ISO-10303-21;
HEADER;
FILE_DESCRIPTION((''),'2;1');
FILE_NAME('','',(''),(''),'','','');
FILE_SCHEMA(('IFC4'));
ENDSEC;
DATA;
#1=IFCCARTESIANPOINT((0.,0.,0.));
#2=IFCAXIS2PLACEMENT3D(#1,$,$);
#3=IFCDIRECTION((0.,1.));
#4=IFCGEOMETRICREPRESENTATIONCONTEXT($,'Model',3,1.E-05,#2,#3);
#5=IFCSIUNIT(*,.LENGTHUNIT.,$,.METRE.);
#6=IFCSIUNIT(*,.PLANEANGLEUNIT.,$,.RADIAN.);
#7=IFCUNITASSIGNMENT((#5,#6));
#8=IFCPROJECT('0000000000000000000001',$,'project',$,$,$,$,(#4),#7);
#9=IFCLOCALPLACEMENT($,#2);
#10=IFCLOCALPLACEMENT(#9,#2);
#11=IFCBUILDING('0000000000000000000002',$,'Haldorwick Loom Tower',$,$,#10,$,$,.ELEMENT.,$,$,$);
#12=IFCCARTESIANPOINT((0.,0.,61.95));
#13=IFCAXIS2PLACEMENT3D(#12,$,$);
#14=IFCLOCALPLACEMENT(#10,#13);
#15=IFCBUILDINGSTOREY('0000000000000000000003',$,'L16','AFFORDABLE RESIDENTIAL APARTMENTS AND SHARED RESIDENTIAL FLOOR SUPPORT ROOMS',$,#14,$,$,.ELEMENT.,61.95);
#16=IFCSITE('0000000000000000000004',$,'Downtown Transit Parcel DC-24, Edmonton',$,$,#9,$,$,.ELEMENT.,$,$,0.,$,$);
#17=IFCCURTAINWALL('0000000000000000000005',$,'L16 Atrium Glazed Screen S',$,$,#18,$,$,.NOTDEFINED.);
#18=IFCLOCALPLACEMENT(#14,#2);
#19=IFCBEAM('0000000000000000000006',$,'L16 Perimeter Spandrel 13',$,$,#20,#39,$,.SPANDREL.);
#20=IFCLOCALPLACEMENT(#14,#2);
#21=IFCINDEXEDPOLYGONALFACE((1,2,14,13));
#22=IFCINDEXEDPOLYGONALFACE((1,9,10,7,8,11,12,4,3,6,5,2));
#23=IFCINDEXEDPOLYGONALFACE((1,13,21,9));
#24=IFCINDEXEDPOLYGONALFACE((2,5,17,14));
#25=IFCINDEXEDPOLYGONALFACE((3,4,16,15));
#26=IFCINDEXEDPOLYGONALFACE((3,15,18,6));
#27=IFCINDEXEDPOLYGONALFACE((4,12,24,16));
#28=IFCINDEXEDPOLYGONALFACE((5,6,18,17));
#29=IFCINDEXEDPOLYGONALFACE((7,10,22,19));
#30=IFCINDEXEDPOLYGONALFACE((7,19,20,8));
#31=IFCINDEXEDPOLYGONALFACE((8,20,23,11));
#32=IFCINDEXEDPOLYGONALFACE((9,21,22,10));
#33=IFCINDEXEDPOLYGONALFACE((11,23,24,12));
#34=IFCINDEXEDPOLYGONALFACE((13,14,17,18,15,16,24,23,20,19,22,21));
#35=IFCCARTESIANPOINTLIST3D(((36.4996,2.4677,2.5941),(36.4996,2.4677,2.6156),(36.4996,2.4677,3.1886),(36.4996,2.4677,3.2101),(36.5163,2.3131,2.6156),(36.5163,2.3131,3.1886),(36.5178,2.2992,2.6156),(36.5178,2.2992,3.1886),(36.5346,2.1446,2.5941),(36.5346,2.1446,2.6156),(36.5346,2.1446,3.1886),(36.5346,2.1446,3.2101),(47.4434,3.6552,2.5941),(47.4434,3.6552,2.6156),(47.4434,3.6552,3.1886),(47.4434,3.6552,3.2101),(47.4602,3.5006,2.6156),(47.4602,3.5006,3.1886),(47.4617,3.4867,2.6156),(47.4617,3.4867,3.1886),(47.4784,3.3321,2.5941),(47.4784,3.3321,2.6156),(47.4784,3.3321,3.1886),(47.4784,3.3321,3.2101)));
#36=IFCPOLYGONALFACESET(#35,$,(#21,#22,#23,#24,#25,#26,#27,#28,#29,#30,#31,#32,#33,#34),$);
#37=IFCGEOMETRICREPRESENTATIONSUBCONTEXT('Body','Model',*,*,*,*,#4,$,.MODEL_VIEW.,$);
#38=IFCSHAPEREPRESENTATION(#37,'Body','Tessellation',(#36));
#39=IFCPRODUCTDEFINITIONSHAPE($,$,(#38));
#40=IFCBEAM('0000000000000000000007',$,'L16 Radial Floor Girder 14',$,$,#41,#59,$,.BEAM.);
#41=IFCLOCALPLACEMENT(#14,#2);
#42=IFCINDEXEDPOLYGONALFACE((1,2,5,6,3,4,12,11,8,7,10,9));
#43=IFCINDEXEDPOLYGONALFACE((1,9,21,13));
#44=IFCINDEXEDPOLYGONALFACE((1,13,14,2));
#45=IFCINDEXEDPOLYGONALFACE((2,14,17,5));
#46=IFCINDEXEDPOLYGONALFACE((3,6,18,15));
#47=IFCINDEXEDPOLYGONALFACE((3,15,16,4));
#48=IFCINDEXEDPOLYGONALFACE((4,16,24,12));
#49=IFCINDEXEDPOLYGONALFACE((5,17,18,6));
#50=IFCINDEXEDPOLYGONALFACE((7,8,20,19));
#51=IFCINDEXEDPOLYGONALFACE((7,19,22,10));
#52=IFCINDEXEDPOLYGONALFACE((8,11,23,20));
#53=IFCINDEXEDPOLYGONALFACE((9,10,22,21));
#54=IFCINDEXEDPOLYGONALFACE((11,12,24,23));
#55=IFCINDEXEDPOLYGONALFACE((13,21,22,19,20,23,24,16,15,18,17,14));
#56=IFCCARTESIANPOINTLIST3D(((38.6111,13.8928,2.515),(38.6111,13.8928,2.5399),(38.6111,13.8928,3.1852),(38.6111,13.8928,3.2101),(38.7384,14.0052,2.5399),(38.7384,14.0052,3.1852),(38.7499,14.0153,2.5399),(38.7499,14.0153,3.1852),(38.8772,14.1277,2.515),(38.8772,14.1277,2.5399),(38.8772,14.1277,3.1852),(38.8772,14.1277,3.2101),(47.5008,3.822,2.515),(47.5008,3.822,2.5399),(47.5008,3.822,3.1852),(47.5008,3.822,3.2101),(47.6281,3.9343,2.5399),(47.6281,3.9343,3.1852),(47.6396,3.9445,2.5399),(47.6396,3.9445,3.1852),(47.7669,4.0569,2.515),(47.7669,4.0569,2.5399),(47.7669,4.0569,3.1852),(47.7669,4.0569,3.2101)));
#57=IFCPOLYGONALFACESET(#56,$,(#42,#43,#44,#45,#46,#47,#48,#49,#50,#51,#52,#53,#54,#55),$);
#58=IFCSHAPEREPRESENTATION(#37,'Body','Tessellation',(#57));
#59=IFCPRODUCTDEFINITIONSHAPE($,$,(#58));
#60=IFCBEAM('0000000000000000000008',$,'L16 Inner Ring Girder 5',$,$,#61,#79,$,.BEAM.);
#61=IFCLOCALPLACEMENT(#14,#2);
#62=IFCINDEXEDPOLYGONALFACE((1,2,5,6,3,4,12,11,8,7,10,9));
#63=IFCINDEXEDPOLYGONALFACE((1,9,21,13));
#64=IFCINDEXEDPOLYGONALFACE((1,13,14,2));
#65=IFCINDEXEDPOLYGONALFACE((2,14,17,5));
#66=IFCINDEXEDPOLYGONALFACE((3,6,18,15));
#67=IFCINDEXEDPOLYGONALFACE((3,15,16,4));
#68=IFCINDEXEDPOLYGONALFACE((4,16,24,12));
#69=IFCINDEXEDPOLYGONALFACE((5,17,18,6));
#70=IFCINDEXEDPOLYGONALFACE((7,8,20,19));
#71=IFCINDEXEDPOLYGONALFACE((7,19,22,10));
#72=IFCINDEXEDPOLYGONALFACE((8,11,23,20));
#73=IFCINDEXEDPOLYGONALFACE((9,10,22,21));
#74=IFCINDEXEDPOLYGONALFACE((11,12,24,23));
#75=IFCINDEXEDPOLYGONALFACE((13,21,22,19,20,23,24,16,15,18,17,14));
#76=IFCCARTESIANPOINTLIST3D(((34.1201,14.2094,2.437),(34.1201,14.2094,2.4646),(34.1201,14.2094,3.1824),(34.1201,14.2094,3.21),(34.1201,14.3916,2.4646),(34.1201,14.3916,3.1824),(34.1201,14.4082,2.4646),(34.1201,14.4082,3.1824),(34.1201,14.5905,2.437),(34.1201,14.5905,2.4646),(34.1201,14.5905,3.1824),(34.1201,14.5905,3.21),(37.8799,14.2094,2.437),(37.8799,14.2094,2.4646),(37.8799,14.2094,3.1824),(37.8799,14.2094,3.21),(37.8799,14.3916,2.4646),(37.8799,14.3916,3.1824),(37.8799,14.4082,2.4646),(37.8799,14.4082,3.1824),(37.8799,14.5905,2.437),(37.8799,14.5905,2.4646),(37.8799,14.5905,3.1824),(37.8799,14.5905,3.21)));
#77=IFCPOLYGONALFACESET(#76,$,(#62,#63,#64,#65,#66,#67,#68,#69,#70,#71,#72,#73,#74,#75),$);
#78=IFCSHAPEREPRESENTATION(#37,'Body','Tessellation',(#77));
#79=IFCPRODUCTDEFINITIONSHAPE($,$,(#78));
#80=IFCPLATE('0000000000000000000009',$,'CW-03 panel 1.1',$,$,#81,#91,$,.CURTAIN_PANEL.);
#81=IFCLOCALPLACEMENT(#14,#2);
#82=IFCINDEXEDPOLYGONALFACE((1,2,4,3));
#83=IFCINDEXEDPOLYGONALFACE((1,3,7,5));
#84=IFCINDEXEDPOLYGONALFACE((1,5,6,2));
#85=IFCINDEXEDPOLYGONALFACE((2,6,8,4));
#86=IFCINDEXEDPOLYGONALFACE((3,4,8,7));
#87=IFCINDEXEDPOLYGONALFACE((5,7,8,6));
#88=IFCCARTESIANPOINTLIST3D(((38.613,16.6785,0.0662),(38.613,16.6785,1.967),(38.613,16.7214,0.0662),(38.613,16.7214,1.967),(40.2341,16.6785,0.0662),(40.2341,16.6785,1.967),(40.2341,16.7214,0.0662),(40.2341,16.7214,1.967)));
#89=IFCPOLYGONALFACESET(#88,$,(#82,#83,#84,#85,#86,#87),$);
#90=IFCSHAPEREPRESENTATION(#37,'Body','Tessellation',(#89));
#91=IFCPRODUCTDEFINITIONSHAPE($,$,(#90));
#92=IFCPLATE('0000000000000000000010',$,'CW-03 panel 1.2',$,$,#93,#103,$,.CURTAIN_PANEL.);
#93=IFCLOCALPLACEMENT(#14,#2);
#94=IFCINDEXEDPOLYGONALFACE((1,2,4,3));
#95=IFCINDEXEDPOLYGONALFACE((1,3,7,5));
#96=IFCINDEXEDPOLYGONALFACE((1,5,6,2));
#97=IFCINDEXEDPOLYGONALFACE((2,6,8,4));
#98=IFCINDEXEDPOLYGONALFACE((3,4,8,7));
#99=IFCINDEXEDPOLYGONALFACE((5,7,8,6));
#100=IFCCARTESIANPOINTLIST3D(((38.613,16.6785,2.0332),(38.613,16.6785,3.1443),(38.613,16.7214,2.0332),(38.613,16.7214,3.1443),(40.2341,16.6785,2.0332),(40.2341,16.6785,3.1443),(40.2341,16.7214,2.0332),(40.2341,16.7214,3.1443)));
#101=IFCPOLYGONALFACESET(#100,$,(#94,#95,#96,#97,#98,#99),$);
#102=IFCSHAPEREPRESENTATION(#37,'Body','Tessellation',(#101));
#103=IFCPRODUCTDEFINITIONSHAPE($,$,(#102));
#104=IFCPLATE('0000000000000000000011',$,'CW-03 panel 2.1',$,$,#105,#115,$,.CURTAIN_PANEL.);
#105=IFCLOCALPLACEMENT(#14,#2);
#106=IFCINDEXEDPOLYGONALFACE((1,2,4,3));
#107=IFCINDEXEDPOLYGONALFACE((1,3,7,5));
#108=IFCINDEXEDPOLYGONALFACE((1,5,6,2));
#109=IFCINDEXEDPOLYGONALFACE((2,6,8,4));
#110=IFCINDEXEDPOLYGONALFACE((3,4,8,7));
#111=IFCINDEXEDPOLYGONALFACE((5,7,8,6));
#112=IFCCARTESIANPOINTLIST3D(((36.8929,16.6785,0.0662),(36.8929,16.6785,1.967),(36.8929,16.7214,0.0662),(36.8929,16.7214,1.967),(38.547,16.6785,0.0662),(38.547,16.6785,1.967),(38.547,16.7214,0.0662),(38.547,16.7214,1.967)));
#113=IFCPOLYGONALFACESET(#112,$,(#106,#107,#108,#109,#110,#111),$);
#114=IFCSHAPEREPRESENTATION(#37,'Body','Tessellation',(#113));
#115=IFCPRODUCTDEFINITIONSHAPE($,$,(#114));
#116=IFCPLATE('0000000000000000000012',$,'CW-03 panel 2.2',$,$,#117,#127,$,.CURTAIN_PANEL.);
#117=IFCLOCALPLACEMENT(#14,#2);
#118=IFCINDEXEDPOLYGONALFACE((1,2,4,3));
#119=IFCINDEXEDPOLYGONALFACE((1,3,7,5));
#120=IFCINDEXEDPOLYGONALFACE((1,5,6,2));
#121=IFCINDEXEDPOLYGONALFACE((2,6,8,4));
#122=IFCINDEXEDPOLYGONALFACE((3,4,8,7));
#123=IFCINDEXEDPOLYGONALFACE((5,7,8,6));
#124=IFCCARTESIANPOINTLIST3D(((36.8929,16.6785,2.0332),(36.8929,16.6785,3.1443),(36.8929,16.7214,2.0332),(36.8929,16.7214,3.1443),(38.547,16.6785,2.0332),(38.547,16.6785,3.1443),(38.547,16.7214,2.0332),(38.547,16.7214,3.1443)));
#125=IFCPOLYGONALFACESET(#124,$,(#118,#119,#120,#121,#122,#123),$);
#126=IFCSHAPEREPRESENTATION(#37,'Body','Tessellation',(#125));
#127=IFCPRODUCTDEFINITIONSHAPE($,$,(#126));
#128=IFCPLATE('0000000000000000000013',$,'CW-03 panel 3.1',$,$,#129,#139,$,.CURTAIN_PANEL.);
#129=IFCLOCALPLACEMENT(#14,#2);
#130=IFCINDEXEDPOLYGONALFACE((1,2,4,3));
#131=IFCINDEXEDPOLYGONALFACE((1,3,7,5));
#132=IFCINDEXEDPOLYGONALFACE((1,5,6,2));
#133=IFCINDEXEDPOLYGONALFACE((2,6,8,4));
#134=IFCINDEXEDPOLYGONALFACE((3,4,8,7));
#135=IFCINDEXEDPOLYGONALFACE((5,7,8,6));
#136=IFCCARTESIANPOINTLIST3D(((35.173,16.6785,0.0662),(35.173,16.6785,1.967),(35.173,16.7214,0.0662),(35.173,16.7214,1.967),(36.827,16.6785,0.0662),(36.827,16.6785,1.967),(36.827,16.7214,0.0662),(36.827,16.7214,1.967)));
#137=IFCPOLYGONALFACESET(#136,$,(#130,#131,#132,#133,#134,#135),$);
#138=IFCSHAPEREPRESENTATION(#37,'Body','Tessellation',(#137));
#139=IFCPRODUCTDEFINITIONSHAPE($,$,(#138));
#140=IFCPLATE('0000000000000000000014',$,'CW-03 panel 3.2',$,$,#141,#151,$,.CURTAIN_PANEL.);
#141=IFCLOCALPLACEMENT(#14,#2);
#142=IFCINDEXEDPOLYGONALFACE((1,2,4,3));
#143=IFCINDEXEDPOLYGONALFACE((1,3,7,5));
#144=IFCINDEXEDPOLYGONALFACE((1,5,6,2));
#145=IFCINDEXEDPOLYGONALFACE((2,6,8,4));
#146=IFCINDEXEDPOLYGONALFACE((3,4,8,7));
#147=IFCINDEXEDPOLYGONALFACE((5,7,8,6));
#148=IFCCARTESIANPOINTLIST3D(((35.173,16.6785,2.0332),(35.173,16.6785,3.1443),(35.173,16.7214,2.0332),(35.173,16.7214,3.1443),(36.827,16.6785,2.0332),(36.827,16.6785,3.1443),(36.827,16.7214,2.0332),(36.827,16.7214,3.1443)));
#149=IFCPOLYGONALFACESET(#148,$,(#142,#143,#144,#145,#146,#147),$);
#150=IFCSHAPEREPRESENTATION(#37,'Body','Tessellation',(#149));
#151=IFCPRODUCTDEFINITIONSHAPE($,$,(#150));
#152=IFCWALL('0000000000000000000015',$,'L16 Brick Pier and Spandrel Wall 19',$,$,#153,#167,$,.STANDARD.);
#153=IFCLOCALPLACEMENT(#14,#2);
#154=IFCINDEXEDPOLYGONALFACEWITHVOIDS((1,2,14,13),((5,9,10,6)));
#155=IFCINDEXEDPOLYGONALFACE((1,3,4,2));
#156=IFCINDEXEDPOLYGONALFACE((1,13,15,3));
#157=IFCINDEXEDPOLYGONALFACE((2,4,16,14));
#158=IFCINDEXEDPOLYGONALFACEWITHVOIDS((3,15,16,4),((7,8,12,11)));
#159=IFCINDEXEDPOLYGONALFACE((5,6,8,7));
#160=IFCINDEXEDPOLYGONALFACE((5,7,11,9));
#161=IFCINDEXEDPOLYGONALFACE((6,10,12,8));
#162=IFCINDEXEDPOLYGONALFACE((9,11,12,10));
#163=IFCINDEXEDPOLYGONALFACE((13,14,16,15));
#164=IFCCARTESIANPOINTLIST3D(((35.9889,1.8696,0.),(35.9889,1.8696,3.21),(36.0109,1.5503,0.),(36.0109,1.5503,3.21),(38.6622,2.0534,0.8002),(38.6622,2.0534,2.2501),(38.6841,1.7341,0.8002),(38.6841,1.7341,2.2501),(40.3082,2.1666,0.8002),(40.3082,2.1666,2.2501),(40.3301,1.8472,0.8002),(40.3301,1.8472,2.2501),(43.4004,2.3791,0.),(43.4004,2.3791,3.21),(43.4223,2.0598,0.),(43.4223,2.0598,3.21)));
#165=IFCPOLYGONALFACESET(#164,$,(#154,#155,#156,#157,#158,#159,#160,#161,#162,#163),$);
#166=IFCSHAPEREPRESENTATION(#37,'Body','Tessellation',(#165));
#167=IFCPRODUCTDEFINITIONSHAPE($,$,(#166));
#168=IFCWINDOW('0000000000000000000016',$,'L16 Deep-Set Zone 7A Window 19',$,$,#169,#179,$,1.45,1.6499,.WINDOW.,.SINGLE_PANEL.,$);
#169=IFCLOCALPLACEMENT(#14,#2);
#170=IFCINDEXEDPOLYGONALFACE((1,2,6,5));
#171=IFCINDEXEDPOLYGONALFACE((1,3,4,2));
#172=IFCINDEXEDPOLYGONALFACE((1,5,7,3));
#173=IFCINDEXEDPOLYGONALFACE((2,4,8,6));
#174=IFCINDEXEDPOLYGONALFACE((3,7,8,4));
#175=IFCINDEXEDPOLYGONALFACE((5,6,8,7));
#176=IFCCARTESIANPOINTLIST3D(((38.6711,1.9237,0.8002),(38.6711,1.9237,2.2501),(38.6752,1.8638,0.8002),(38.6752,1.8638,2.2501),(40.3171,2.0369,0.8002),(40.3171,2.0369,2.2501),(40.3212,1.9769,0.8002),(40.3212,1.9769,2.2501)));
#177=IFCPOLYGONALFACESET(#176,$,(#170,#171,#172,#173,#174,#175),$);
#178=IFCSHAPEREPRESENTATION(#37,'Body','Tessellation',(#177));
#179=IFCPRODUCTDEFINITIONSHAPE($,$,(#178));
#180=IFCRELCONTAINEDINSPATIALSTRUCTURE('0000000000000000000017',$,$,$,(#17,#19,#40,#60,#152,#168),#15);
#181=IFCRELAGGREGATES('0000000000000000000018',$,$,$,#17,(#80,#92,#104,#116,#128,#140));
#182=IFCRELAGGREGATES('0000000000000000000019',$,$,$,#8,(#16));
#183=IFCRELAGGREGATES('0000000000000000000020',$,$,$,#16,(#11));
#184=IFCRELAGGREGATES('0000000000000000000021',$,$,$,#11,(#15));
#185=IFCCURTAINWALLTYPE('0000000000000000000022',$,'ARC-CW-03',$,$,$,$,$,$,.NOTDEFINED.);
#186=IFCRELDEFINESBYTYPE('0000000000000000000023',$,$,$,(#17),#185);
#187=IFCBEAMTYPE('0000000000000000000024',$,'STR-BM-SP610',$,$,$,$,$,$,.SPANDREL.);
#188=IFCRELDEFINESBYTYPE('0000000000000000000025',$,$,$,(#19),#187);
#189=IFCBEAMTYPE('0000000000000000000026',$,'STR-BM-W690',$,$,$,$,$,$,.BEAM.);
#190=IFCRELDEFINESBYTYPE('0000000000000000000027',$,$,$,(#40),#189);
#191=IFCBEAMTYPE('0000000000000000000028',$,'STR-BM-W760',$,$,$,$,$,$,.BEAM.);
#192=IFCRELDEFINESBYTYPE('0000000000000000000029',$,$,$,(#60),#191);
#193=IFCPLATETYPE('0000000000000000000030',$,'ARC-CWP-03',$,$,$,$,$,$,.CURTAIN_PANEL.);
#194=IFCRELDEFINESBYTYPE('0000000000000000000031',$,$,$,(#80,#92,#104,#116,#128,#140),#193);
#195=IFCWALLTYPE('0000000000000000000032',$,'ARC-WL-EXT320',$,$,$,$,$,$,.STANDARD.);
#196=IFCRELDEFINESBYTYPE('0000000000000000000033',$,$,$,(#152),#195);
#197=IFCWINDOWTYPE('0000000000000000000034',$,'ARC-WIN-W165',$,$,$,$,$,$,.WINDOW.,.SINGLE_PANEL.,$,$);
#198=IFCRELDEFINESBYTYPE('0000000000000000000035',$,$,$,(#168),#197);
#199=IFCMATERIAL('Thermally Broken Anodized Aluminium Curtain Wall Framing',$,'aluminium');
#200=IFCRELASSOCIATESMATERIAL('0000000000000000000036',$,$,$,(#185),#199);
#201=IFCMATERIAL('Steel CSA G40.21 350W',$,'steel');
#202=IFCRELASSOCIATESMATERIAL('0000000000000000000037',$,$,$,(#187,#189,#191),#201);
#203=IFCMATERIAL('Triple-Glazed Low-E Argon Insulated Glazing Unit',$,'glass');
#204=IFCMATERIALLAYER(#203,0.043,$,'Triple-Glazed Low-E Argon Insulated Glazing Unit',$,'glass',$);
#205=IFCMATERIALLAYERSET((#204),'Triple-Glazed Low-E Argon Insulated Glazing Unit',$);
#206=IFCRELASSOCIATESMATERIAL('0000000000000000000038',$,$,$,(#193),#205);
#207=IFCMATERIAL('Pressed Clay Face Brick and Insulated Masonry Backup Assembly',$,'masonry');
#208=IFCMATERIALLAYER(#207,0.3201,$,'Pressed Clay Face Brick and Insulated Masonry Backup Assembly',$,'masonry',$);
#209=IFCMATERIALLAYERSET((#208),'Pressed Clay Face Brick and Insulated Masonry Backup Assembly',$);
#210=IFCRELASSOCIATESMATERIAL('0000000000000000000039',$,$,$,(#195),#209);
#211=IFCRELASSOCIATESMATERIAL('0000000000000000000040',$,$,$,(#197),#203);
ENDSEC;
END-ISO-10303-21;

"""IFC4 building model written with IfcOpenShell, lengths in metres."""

from ifc_helpers import new_model, si_unit, direction, frame, frame_2d, origin, origin_2d, place, context, subcontext, project, spatial, rectangle, i_section, extrude, material, layer, layer_set, material_profile, profile_set, type_object, element, fill, aggregate, save


model = new_model("IFC4")

# Units and contexts
model_context = context("Model", 3, precision=1e-05, world=origin(), true_north=direction((0.0, 1.0)))
body_context = subcontext(model_context, "Body", "Model", "MODEL_VIEW")
ifc_project = project(units=[si_unit("LENGTHUNIT", "METRE"), si_unit("PLANEANGLEUNIT", "RADIAN")], contexts=[model_context])

# Site, building, storey
site_placement = place(None, origin())
site = spatial("IfcSite", under=ifc_project, at=site_placement, Name="Downtown Transit Parcel DC-24, Edmonton", CompositionType="ELEMENT", RefElevation=0.0)
building_placement = place(site_placement, origin())
building = spatial("IfcBuilding", under=site, at=building_placement, Name="Haldorwick Loom Tower", CompositionType="ELEMENT")
storey_placement = place(building_placement, frame((0.0, 0.0, 61.95)))
storey = spatial("IfcBuildingStorey", under=building, at=storey_placement, Name="L16", Description="AFFORDABLE RESIDENTIAL APARTMENTS AND SHARED RESIDENTIAL FLOOR SUPPORT ROOMS", CompositionType="ELEMENT", Elevation=61.95)

# Curtain wall
ifc_material_1 = material(Name="Thermally Broken Anodized Aluminium Curtain Wall Framing", Category="aluminium")
curtain_wall_type = type_object("IfcCurtainWallType", Name="ARC-CW-03", PredefinedType="NOTDEFINED", material=ifc_material_1)
curtain_wall_placement = place(storey_placement, origin())
curtain_wall = element("IfcCurtainWall", 1, at=curtain_wall_placement, inside=storey, type_object=curtain_wall_type, Name="L16 Atrium Glazed Screen S", PredefinedType="NOTDEFINED")

# Beams
ifc_material_2 = material(Name="Steel CSA G40.21 350W", Category="steel")
ifc_material_profile_1 = material_profile(ifc_material_2, i_section(OverallWidth=0.325, OverallDepth=0.616, WebThickness=0.0139, FlangeThickness=0.0215, at=origin_2d()), Name="W610X174", Category="steel")
ifc_profile_set_1 = profile_set([ifc_material_profile_1], Name="Steel CSA G40.21 350W")
beam_type_1 = type_object("IfcBeamType", Name="STR-BM-SP610", PredefinedType="SPANDREL", material=ifc_profile_set_1)
beam_1_placement = place(storey_placement, frame((36.5171, 2.3062, 2.9021), z_axis=(0.994164, 0.107875, 0.0), x_axis=(-0.107875, 0.994164, 0.0)))
element("IfcBeam", 2, at=beam_1_placement, inside=storey, type_object=beam_type_1, Name="L16 Perimeter Spandrel 13", PredefinedType="SPANDREL", context=body_context, shape_type="SweptSolid", body=[
    extrude(i_section(OverallWidth=0.325, OverallDepth=0.616, WebThickness=0.0139, FlangeThickness=0.0215, at=origin_2d()), origin(), (0.0, 0.0, 1.0), 11.0081),
])
ifc_material_profile_2 = material_profile(ifc_material_2, i_section(OverallWidth=0.355, OverallDepth=0.6951, WebThickness=0.0154, FlangeThickness=0.0249, at=origin_2d()), Name="W690X217", Category="steel")
ifc_profile_set_2 = profile_set([ifc_material_profile_2], Name="Steel CSA G40.21 350W")
beam_type_2 = type_object("IfcBeamType", Name="STR-BM-W690", PredefinedType="BEAM", material=ifc_profile_set_2)
beam_2_placement = place(storey_placement, frame((38.7441, 14.0103, 2.8625), z_axis=(0.661774, -0.749703, 0.0), x_axis=(0.749703, 0.661774, 0.0)))
element("IfcBeam", 3, at=beam_2_placement, inside=storey, type_object=beam_type_2, Name="L16 Radial Floor Girder 14", PredefinedType="BEAM", context=body_context, shape_type="SweptSolid", body=[
    extrude(i_section(OverallWidth=0.355, OverallDepth=0.6951, WebThickness=0.0154, FlangeThickness=0.0249, at=origin_2d()), origin(), (0.0, 0.0, 1.0), 13.4331),
])
ifc_material_profile_3 = material_profile(ifc_material_2, i_section(OverallWidth=0.3811, OverallDepth=0.7729, WebThickness=0.0166, FlangeThickness=0.0276, at=origin_2d()), Name="W760X257", Category="steel")
ifc_profile_set_3 = profile_set([ifc_material_profile_3], Name="Steel CSA G40.21 350W")
beam_type_3 = type_object("IfcBeamType", Name="STR-BM-W760", PredefinedType="BEAM", material=ifc_profile_set_3)
beam_3_placement = place(storey_placement, frame((37.8799, 14.3999, 2.8235), z_axis=(-1.0, 0.0, 0.0), x_axis=(0.0, -1.0, 0.0)))
element("IfcBeam", 4, at=beam_3_placement, inside=storey, type_object=beam_type_3, Name="L16 Inner Ring Girder 5", PredefinedType="BEAM", context=body_context, shape_type="SweptSolid", body=[
    extrude(i_section(OverallWidth=0.3811, OverallDepth=0.7729, WebThickness=0.0166, FlangeThickness=0.0276, at=origin_2d()), origin(), (0.0, 0.0, 1.0), 3.7598),
])

# Plates
ifc_material_3 = material(Name="Triple-Glazed Low-E Argon Insulated Glazing Unit", Category="glass")
ifc_layer_1 = layer(ifc_material_3, 0.043, Name="Triple-Glazed Low-E Argon Insulated Glazing Unit", Category="glass")
ifc_layer_set_1 = layer_set([ifc_layer_1], Name="Triple-Glazed Low-E Argon Insulated Glazing Unit")
plate_type = type_object("IfcPlateType", Name="ARC-CWP-03", PredefinedType="CURTAIN_PANEL", material=ifc_layer_set_1)
plate_1_placement = place(storey_placement, frame((39.4236, 16.7, 0.0662), z_axis=(0.0, 0.0, 1.0), x_axis=(-1.0, 0.0, 0.0)))
plate_1 = element("IfcPlate", 5, at=plate_1_placement, type_object=plate_type, Name="CW-03 panel 1.1", PredefinedType="CURTAIN_PANEL", context=body_context, shape_type="SweptSolid", body=[
    extrude(rectangle(XDim=1.6211, YDim=0.043, at=origin_2d()), origin(), (0.0, 0.0, 1.0), 1.9009),
])
plate_2_placement = place(storey_placement, frame((39.4236, 16.7, 2.0332), z_axis=(0.0, 0.0, 1.0), x_axis=(-1.0, 0.0, 0.0)))
plate_2 = element("IfcPlate", 6, at=plate_2_placement, type_object=plate_type, Name="CW-03 panel 1.2", PredefinedType="CURTAIN_PANEL", context=body_context, shape_type="SweptSolid", body=[
    extrude(rectangle(XDim=1.6211, YDim=0.043, at=origin_2d()), origin(), (0.0, 0.0, 1.0), 1.1111),
])
plate_3_placement = place(storey_placement, frame((37.72, 16.7, 0.0662), z_axis=(0.0, 0.0, 1.0), x_axis=(-1.0, 0.0, 0.0)))
plate_3 = element("IfcPlate", 7, at=plate_3_placement, type_object=plate_type, Name="CW-03 panel 2.1", PredefinedType="CURTAIN_PANEL", context=body_context, shape_type="SweptSolid", body=[
    extrude(rectangle(XDim=1.6541, YDim=0.043, at=origin_2d()), origin(), (0.0, 0.0, 1.0), 1.9009),
])
plate_4_placement = place(storey_placement, frame((37.72, 16.7, 2.0332), z_axis=(0.0, 0.0, 1.0), x_axis=(-1.0, 0.0, 0.0)))
plate_4 = element("IfcPlate", 8, at=plate_4_placement, type_object=plate_type, Name="CW-03 panel 2.2", PredefinedType="CURTAIN_PANEL", context=body_context, shape_type="SweptSolid", body=[
    extrude(rectangle(XDim=1.6541, YDim=0.043, at=origin_2d()), origin(), (0.0, 0.0, 1.0), 1.1111),
])
plate_5_placement = place(storey_placement, frame((36.0, 16.7, 0.0662), z_axis=(0.0, 0.0, 1.0), x_axis=(-1.0, 0.0, 0.0)))
plate_5 = element("IfcPlate", 9, at=plate_5_placement, type_object=plate_type, Name="CW-03 panel 3.1", PredefinedType="CURTAIN_PANEL", context=body_context, shape_type="SweptSolid", body=[
    extrude(rectangle(XDim=1.6541, YDim=0.043, at=origin_2d()), origin(), (0.0, 0.0, 1.0), 1.9009),
])
plate_6_placement = place(storey_placement, frame((36.0, 16.7, 2.0332), z_axis=(0.0, 0.0, 1.0), x_axis=(-1.0, 0.0, 0.0)))
plate_6 = element("IfcPlate", 10, at=plate_6_placement, type_object=plate_type, Name="CW-03 panel 3.2", PredefinedType="CURTAIN_PANEL", context=body_context, shape_type="SweptSolid", body=[
    extrude(rectangle(XDim=1.6541, YDim=0.043, at=origin_2d()), origin(), (0.0, 0.0, 1.0), 1.1111),
])
aggregate(curtain_wall, [plate_1, plate_2, plate_3, plate_4, plate_5, plate_6])

# Wall, opening, window
ifc_material_4 = material(Name="Pressed Clay Face Brick and Insulated Masonry Backup Assembly", Category="masonry")
ifc_layer_2 = layer(ifc_material_4, 0.3201, Name="Pressed Clay Face Brick and Insulated Masonry Backup Assembly", Category="masonry")
ifc_layer_set_2 = layer_set([ifc_layer_2], Name="Pressed Clay Face Brick and Insulated Masonry Backup Assembly")
wall_type_1 = type_object("IfcWallType", Name="ARC-WL-EXT320", PredefinedType="STANDARD", material=ifc_layer_set_2)
wall_1_placement = place(storey_placement, frame((36.0, 1.71, 0.0), z_axis=(0.0, 0.0, 1.0), x_axis=(0.997645, 0.068587, 0.0)))
wall_1 = element("IfcWall", 11, at=wall_1_placement, inside=storey, type_object=wall_type_1, Name="L16 Brick Pier and Spandrel Wall 19", PredefinedType="STANDARD", context=body_context, shape_type="SweptSolid", body=[
    extrude(rectangle(XDim=7.429, YDim=0.3201, at=frame_2d((3.7144, 0.0))), origin(), (0.0, 0.0, 1.0), 3.21),
])
opening_placement = place(wall_1_placement, frame((2.6794, 0.0, 0.8)))
opening = element("IfcOpeningElement", 12, at=opening_placement, cuts=wall_1, PredefinedType="OPENING", context=body_context, shape_type="SweptSolid", body=[
    extrude(rectangle(XDim=1.6499, YDim=1.45, at=frame_2d((0.825, 0.7251))), frame((0.0, 0.1699, 0.0), z_axis=(0.0, -1.0, 0.0), x_axis=(1.0, 0.0, 0.0)), (0.0, 0.0, 1.0), 0.3401),
])
window_type = type_object("IfcWindowType", Name="ARC-WIN-W165", PartitioningType="SINGLE_PANEL", PredefinedType="WINDOW", material=ifc_material_3)
window_placement = place(opening_placement, origin())
window = element("IfcWindow", 13, at=window_placement, inside=storey, type_object=window_type, Name="L16 Deep-Set Zone 7A Window 19", OverallHeight=1.45, OverallWidth=1.6499, PartitioningType="SINGLE_PANEL", PredefinedType="WINDOW", context=body_context, shape_type="SweptSolid", body=[
    extrude(rectangle(XDim=1.6499, YDim=1.45, at=frame_2d((0.825, 0.7251))), frame((0.0, 0.03, 0.0), z_axis=(0.0, -1.0, 0.0), x_axis=(1.0, 0.0, 0.0)), (0.0, 0.0, 1.0), 0.0601),
])
fill(opening, window)

save(model, "model.ifc")
